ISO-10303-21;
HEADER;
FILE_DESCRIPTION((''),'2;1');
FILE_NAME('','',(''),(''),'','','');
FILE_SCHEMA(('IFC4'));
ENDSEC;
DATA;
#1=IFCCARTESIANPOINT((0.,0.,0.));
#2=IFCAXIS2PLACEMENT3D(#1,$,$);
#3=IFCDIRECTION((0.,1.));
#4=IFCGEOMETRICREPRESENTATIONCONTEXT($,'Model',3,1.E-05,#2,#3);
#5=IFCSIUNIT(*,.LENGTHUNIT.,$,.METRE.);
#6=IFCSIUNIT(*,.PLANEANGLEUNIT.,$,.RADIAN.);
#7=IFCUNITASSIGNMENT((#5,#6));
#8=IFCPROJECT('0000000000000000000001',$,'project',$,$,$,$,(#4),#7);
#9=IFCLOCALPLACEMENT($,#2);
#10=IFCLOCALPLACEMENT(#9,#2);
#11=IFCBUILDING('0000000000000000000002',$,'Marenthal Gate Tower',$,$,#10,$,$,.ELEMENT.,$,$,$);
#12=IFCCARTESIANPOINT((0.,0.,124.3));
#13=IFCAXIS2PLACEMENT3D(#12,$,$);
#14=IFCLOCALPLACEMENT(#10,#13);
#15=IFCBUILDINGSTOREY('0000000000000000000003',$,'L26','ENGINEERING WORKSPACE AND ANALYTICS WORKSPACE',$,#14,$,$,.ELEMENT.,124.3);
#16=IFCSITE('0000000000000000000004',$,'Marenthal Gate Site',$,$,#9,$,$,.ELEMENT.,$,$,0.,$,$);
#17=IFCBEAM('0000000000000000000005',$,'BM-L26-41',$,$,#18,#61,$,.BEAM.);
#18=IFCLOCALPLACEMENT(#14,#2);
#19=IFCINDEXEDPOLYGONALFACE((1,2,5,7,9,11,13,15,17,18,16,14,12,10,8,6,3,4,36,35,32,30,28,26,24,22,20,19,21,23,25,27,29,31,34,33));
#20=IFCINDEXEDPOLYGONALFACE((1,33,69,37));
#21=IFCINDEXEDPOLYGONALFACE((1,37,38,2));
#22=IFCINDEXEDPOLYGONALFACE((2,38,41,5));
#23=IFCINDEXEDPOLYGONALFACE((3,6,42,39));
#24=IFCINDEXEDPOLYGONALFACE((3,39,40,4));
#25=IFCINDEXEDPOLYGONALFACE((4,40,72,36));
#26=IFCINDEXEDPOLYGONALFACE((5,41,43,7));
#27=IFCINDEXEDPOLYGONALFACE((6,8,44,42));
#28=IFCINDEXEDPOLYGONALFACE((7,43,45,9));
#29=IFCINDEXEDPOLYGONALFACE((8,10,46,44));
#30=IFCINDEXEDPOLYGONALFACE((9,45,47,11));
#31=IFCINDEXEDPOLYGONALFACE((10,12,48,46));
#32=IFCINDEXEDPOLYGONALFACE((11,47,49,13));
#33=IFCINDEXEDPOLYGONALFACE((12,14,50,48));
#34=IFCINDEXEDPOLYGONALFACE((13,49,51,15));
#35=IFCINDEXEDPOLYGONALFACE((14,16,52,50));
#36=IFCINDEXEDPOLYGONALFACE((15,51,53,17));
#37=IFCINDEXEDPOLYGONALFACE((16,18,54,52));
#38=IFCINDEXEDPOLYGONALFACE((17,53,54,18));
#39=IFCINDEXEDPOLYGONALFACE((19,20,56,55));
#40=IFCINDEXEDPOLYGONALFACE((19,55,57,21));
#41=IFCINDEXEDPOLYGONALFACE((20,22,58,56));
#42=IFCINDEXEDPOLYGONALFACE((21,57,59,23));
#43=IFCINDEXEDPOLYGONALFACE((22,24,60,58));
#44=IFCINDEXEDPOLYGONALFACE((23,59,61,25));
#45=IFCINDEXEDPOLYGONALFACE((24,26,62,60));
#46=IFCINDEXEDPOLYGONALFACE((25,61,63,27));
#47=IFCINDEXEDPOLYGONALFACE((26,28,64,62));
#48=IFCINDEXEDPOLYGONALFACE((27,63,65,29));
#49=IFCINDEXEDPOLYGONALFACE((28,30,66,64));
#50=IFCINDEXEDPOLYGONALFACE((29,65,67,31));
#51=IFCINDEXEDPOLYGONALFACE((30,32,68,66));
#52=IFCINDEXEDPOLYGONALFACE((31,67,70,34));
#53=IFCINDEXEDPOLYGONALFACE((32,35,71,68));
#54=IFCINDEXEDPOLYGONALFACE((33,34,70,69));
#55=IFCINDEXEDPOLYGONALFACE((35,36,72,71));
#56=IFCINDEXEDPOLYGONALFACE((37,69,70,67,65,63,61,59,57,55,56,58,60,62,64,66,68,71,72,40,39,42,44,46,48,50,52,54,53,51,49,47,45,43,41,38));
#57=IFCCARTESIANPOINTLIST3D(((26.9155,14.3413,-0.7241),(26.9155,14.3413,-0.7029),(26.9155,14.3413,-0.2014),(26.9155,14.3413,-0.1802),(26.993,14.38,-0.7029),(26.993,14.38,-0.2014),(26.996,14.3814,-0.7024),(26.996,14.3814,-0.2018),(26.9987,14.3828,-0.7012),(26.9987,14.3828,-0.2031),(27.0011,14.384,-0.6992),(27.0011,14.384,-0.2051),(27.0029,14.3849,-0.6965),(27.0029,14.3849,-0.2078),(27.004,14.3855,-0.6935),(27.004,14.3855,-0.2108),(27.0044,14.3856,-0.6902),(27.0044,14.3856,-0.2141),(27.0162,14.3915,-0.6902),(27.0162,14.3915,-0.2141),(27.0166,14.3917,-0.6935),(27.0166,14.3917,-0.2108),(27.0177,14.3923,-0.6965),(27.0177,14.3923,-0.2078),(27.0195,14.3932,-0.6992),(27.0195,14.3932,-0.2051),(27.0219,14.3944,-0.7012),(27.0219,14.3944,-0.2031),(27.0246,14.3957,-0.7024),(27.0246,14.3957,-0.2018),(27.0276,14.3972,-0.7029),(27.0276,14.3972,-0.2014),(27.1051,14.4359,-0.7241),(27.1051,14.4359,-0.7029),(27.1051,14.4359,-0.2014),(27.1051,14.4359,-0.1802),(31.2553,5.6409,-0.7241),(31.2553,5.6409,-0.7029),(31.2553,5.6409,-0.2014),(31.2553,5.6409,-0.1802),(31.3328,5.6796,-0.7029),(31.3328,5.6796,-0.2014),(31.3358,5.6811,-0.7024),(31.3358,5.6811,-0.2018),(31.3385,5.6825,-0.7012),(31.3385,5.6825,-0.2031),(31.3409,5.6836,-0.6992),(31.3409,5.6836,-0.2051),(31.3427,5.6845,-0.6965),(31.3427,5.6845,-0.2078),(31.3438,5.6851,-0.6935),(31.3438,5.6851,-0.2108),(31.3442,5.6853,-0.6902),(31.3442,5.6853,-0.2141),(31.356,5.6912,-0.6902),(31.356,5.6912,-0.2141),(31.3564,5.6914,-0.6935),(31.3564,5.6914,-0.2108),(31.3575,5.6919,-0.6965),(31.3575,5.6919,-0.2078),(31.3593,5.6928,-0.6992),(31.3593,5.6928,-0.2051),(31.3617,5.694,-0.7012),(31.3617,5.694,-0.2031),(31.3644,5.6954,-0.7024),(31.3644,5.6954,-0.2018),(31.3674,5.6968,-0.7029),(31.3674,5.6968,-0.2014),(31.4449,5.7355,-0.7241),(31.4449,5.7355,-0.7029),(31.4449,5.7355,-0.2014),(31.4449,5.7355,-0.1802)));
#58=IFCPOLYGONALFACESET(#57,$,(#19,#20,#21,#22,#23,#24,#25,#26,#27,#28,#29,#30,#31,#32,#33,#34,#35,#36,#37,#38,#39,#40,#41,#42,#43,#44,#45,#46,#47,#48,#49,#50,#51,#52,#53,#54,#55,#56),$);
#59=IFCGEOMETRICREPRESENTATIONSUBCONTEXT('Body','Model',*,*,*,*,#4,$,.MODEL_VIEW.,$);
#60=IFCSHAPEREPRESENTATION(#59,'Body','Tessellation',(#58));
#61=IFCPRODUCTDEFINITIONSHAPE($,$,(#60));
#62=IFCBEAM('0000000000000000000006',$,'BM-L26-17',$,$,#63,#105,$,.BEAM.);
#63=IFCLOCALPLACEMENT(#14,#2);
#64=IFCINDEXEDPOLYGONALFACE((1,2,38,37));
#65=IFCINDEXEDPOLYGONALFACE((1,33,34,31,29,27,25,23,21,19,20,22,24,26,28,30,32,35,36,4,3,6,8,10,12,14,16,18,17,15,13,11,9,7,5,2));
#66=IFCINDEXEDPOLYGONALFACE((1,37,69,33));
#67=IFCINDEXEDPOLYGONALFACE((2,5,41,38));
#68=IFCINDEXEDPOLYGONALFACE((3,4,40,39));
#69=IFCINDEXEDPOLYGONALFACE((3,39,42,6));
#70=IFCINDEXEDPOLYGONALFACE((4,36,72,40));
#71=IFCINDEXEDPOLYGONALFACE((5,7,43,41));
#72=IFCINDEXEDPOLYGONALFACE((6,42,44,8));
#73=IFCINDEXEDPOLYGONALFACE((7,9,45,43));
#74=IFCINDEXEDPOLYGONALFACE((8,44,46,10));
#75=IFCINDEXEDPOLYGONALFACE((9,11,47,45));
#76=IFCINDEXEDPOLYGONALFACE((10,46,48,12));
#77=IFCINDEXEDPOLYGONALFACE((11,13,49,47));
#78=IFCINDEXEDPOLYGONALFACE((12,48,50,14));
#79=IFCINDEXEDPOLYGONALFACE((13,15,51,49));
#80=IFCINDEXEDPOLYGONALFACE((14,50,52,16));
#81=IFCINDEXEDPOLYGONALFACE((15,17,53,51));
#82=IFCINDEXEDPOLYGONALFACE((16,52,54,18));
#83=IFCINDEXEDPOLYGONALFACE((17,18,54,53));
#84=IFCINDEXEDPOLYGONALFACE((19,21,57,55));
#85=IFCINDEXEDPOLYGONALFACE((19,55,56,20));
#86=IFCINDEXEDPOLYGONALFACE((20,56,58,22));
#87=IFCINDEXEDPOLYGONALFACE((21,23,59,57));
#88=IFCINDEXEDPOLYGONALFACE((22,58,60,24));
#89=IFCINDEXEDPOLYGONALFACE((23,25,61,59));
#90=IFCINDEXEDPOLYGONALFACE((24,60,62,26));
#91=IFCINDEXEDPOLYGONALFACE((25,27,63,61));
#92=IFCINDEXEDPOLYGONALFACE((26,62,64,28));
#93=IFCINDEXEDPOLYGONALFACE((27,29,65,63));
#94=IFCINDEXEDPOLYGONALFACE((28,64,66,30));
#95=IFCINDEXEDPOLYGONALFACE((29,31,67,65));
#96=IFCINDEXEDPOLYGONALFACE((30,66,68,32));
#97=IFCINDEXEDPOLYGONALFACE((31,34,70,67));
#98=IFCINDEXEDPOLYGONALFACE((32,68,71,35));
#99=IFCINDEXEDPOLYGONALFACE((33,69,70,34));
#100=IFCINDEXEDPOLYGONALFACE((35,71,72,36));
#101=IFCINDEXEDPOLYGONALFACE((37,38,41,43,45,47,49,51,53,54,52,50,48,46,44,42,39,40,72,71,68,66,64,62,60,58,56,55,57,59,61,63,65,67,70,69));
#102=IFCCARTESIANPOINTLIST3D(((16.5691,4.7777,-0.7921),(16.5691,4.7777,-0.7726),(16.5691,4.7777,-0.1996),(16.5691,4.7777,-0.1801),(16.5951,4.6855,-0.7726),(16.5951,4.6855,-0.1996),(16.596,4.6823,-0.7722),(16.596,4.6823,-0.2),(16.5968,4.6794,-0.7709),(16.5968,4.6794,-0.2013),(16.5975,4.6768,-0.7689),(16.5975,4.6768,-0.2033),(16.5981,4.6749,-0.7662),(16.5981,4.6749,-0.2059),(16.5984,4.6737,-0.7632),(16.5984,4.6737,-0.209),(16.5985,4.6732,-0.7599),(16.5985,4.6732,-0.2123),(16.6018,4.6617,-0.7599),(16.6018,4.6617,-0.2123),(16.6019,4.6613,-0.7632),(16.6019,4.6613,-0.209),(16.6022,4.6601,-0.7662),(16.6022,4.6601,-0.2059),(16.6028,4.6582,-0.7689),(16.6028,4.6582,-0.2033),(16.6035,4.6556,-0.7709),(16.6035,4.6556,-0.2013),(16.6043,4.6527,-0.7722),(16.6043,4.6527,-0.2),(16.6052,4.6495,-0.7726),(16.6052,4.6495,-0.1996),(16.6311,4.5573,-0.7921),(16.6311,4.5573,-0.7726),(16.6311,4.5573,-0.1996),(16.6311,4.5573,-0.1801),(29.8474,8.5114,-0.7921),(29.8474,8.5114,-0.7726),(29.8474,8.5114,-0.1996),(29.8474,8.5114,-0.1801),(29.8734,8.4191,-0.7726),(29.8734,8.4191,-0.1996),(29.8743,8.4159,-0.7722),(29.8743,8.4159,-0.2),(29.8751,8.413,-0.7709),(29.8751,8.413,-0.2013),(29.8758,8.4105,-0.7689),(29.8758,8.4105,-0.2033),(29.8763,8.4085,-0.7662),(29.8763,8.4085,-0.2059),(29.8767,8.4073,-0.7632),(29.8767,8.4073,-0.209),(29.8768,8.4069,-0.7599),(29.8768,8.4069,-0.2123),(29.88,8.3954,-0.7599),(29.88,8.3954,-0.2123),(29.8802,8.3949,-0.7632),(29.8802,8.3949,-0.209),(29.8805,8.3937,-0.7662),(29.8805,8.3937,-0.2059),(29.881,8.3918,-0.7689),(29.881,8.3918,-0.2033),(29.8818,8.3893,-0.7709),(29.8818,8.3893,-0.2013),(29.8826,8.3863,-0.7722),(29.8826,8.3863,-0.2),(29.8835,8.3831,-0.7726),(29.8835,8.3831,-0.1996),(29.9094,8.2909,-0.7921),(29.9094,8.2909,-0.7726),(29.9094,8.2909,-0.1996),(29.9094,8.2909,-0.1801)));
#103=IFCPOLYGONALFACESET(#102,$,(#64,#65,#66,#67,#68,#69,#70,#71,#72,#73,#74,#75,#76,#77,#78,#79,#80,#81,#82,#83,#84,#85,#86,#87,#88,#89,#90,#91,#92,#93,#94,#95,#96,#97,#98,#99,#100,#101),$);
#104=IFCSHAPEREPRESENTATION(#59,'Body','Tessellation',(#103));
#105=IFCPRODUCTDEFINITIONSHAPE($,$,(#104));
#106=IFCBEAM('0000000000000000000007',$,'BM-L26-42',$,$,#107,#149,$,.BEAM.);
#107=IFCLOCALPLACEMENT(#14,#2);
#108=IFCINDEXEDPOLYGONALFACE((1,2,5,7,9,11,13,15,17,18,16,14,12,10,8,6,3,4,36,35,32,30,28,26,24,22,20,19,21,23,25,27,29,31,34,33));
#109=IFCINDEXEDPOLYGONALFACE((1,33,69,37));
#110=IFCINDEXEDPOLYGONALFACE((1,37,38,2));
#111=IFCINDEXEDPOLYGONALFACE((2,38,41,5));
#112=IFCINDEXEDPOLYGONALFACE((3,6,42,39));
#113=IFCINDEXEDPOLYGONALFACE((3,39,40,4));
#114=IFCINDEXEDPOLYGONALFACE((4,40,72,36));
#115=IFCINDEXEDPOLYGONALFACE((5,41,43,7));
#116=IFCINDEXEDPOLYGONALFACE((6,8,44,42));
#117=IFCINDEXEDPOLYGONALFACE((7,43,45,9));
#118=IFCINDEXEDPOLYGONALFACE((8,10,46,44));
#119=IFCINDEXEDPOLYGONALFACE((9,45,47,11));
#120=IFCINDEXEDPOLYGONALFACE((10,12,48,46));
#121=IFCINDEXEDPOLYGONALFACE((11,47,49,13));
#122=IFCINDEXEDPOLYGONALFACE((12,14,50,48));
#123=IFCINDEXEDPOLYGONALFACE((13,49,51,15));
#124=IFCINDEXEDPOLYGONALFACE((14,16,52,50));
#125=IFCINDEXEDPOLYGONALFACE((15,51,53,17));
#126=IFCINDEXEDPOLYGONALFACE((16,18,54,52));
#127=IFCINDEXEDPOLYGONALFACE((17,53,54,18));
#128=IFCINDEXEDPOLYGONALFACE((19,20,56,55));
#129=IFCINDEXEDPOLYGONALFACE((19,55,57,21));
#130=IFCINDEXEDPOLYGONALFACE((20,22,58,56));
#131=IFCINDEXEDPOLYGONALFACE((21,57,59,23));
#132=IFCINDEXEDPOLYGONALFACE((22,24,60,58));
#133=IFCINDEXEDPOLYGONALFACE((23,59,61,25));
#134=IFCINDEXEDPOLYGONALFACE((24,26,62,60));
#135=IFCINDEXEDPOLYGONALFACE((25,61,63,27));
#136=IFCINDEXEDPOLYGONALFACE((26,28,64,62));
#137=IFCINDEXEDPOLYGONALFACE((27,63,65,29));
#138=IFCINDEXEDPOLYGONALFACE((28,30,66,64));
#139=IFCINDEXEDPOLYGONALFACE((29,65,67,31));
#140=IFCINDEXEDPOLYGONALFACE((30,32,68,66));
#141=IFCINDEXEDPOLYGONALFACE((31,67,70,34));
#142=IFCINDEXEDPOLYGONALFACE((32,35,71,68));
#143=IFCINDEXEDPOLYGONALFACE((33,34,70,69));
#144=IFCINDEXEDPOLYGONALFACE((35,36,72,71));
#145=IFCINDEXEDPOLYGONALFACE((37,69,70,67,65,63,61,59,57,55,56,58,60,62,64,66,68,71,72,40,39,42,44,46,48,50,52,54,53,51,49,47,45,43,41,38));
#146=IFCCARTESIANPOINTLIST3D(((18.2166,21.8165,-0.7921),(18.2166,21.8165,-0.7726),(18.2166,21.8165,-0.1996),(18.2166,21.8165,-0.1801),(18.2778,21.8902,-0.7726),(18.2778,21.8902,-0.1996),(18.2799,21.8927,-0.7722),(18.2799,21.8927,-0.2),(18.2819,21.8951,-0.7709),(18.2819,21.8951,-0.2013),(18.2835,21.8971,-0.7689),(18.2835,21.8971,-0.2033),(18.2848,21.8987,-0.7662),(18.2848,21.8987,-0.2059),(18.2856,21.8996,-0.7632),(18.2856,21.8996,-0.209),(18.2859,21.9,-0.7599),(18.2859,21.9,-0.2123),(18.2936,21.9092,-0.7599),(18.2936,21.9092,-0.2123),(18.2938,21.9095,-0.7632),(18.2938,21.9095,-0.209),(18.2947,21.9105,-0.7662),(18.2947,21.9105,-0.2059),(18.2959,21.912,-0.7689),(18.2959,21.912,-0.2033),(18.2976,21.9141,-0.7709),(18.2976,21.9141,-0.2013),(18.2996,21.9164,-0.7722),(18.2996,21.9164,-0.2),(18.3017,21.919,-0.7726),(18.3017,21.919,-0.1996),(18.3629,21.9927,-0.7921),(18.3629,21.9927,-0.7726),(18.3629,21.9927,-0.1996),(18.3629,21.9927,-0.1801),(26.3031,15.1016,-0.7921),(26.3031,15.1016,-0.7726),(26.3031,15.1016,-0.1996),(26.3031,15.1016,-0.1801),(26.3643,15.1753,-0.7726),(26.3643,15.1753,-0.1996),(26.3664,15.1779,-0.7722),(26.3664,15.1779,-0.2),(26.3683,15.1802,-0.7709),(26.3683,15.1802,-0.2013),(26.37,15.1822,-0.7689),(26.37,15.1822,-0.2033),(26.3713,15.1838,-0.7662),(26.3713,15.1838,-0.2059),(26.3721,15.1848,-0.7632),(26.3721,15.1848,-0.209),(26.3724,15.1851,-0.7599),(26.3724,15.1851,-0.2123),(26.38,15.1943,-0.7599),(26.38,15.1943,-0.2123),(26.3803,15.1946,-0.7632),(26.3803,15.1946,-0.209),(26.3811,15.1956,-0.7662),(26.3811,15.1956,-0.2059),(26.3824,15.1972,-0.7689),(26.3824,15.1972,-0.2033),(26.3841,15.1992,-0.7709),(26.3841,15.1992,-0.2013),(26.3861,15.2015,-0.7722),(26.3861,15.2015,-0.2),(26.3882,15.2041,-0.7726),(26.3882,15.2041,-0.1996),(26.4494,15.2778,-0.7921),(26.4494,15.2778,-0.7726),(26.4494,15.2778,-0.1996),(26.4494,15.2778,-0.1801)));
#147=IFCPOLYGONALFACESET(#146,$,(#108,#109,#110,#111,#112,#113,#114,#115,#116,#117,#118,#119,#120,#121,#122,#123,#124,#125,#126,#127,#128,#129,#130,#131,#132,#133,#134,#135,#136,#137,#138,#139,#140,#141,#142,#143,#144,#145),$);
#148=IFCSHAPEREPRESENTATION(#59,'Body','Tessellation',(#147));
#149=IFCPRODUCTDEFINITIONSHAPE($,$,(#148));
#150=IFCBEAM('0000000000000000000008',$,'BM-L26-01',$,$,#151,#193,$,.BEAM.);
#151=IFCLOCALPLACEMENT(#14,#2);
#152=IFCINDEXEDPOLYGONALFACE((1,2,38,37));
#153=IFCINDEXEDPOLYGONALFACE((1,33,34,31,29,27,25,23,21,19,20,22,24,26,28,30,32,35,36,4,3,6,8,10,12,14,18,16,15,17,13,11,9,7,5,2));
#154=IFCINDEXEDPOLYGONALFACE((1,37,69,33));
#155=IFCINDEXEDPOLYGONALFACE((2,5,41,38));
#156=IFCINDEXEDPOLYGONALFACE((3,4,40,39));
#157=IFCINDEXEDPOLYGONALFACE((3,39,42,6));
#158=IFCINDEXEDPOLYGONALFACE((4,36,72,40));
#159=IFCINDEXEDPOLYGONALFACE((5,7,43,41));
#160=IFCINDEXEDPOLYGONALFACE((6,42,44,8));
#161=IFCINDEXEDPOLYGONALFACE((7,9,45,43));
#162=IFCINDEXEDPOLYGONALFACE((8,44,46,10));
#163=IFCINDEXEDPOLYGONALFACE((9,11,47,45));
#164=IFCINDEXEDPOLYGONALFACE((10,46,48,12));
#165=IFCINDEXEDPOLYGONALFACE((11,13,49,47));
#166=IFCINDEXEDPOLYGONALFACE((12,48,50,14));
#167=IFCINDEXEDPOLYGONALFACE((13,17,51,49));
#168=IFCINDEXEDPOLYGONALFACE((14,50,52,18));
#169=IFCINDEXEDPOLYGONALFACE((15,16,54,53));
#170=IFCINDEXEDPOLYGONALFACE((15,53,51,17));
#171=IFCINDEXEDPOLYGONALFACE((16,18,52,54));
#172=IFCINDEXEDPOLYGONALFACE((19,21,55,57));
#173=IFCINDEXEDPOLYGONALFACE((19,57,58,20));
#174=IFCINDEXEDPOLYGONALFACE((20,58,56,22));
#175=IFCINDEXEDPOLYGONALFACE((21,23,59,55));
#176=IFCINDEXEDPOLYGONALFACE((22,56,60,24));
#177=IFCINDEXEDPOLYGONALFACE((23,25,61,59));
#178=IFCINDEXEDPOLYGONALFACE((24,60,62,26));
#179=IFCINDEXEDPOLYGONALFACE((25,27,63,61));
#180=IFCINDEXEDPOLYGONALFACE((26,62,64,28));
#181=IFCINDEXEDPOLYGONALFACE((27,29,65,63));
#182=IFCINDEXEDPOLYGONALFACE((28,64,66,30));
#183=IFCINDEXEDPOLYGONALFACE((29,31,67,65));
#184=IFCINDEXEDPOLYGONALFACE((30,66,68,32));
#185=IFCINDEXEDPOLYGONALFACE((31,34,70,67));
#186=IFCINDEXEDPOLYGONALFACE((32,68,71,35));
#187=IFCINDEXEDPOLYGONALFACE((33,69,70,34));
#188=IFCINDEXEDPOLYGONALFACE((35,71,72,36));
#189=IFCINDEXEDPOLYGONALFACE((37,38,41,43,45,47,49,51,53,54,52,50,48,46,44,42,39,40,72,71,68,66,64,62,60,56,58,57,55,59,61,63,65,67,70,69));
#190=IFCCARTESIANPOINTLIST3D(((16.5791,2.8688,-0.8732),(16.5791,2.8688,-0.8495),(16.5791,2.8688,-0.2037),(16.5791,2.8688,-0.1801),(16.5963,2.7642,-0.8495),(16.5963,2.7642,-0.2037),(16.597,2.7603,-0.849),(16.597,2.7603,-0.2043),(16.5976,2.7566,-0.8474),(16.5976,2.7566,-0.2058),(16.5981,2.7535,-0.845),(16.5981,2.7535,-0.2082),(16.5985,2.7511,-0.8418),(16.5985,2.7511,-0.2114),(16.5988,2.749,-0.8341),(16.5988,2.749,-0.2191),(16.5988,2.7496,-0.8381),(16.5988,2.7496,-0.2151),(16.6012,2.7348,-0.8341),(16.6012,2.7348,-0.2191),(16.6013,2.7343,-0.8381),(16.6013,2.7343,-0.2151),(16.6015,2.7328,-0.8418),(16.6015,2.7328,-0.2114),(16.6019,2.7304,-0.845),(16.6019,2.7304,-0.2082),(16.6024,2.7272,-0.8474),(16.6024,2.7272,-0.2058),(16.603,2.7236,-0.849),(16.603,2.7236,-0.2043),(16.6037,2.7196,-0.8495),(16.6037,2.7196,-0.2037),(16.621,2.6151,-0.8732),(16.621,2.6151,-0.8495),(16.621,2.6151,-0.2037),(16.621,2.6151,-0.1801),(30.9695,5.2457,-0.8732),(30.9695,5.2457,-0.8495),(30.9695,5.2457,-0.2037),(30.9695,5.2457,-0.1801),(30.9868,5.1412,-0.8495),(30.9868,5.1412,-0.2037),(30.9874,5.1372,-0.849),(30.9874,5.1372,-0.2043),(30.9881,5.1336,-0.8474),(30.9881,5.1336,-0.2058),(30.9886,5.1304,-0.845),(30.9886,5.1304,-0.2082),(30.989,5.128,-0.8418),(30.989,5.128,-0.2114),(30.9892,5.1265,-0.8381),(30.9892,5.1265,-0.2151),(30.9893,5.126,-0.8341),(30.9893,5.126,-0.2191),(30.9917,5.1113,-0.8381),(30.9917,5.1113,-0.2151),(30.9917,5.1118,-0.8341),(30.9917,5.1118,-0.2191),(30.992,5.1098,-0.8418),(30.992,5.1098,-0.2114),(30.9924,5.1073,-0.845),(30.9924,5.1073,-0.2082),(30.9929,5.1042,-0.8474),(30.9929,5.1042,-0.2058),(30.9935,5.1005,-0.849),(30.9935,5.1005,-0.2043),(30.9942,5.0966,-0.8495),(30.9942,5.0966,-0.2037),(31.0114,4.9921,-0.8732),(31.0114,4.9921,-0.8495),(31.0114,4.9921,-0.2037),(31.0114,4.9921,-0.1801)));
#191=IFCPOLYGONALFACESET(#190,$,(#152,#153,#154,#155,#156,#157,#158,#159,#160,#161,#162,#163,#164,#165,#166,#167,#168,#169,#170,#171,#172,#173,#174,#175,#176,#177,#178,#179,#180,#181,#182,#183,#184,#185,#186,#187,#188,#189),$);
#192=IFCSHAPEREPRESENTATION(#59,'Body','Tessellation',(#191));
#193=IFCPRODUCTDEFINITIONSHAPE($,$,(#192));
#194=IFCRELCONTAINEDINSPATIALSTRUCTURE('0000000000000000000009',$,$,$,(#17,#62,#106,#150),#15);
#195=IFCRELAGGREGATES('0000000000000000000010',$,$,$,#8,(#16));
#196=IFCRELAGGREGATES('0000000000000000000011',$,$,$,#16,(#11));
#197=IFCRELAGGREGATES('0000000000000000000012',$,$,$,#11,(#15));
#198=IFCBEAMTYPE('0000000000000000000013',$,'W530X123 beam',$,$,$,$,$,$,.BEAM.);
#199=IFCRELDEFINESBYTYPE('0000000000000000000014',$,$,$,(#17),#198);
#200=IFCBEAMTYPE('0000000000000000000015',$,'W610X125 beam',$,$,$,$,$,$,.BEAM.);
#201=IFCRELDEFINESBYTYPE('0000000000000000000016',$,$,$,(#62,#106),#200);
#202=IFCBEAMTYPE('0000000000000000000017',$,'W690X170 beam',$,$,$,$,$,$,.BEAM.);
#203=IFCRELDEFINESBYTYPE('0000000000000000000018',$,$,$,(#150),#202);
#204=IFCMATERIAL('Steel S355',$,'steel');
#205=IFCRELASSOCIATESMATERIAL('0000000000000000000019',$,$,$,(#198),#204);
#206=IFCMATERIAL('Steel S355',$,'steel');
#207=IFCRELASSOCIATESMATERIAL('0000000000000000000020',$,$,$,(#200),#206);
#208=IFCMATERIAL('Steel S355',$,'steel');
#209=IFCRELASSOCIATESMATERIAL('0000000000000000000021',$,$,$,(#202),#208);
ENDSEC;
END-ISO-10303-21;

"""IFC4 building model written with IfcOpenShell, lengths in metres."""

from ifc_helpers import new_model, si_unit, direction, frame, origin, origin_2d, place, context, subcontext, project, spatial, i_section, extrude, material, material_profile, profile_set, type_object, element, save


model = new_model("IFC4")

# Units and contexts
model_context = context("Model", 3, precision=1e-05, world=origin(), true_north=direction((0.0, 1.0)))
body_context = subcontext(model_context, "Body", "Model", "MODEL_VIEW")
ifc_project = project(units=[si_unit("LENGTHUNIT", "METRE"), si_unit("PLANEANGLEUNIT", "RADIAN")], contexts=[model_context])

# Site, building, storey
site_placement = place(None, origin())
site = spatial("IfcSite", under=ifc_project, at=site_placement, Name="Marenthal Gate Site", CompositionType="ELEMENT", RefElevation=0.0)
building_placement = place(site_placement, origin())
building = spatial("IfcBuilding", under=site, at=building_placement, Name="Marenthal Gate Tower", CompositionType="ELEMENT")
storey_placement = place(building_placement, frame((0.0, 0.0, 124.3)))
storey = spatial("IfcBuildingStorey", under=building, at=storey_placement, Name="L26", Description="ENGINEERING WORKSPACE AND ANALYTICS WORKSPACE", CompositionType="ELEMENT", Elevation=124.3)

# Beams
ifc_material_1 = material(Name="Steel S355", Category="steel")
ifc_material_profile_1 = material_profile(ifc_material_1, i_section(OverallWidth=0.2119, OverallDepth=0.5439, WebThickness=0.0132, FlangeThickness=0.0212, FilletRadius=0.0127, at=origin_2d()), Name="W530X123")
ifc_profile_set_1 = profile_set([ifc_material_profile_1], Name="Steel S355")
beam_type_1 = type_object("IfcBeamType", Name="W530X123 beam", PredefinedType="BEAM", material=ifc_profile_set_1)
beam_1_placement = place(storey_placement, frame((31.3501, 5.6882, -0.4521), z_axis=(-0.44636, 0.894854, 0.0), x_axis=(-0.894854, -0.44636, 0.0)))
element("IfcBeam", 1, at=beam_1_placement, inside=storey, type_object=beam_type_1, Name="BM-L26-41", PredefinedType="BEAM", context=body_context, shape_type="SweptSolid", body=[
    extrude(i_section(OverallWidth=0.2119, OverallDepth=0.5439, WebThickness=0.0132, FlangeThickness=0.0212, FilletRadius=0.0127, at=origin_2d()), origin(), (0.0, 0.0, 1.0), 9.7227),
])
ifc_material_2 = material(Name="Steel S355", Category="steel")
ifc_material_profile_2 = material_profile(ifc_material_2, i_section(OverallWidth=0.229, OverallDepth=0.6121, WebThickness=0.012, FlangeThickness=0.0195, FilletRadius=0.0127, at=origin_2d()), Name="W610X125")
ifc_profile_set_2 = profile_set([ifc_material_profile_2], Name="Steel S355")
beam_type_2 = type_object("IfcBeamType", Name="W610X125 beam", PredefinedType="BEAM", material=ifc_profile_set_2)
beam_2_placement = place(storey_placement, frame((29.8784, 8.4011, -0.4861), z_axis=(-0.962668, -0.270686, 0.0), x_axis=(0.270686, -0.962668, 0.0)))
element("IfcBeam", 2, at=beam_2_placement, inside=storey, type_object=beam_type_2, Name="BM-L26-17", PredefinedType="BEAM", context=body_context, shape_type="SweptSolid", body=[
    extrude(i_section(OverallWidth=0.229, OverallDepth=0.6121, WebThickness=0.012, FlangeThickness=0.0195, FilletRadius=0.0127, at=origin_2d()), origin(), (0.0, 0.0, 1.0), 13.7932),
])
beam_3_placement = place(storey_placement, frame((26.3762, 15.1897, -0.4861), z_axis=(-0.769336, 0.638845, 0.0), x_axis=(-0.638845, -0.769336, 0.0)))
element("IfcBeam", 3, at=beam_3_placement, inside=storey, type_object=beam_type_2, Name="BM-L26-42", PredefinedType="BEAM", context=body_context, shape_type="SweptSolid", body=[
    extrude(i_section(OverallWidth=0.229, OverallDepth=0.6121, WebThickness=0.012, FlangeThickness=0.0195, FilletRadius=0.0127, at=origin_2d()), origin(), (0.0, 0.0, 1.0), 10.511),
])
ifc_material_3 = material(Name="Steel S355", Category="steel")
ifc_material_profile_3 = material_profile(ifc_material_3, i_section(OverallWidth=0.2571, OverallDepth=0.6931, WebThickness=0.0144, FlangeThickness=0.0237, FilletRadius=0.0154, at=origin_2d()), Name="W690X170")
ifc_profile_set_3 = profile_set([ifc_material_profile_3], Name="Steel S355")
beam_type_3 = type_object("IfcBeamType", Name="W690X170 beam", PredefinedType="BEAM", material=ifc_profile_set_3)
beam_4_placement = place(storey_placement, frame((30.9905, 5.1189, -0.5266), z_axis=(-0.986631, -0.162968, 0.0), x_axis=(0.162968, -0.986631, 0.0)))
element("IfcBeam", 4, at=beam_4_placement, inside=storey, type_object=beam_type_3, Name="BM-L26-01", PredefinedType="BEAM", context=body_context, shape_type="SweptSolid", body=[
    extrude(i_section(OverallWidth=0.2571, OverallDepth=0.6931, WebThickness=0.0144, FlangeThickness=0.0237, FilletRadius=0.0154, at=origin_2d()), origin(), (0.0, 0.0, 1.0), 14.5854),
])

save(model, "model.ifc")
